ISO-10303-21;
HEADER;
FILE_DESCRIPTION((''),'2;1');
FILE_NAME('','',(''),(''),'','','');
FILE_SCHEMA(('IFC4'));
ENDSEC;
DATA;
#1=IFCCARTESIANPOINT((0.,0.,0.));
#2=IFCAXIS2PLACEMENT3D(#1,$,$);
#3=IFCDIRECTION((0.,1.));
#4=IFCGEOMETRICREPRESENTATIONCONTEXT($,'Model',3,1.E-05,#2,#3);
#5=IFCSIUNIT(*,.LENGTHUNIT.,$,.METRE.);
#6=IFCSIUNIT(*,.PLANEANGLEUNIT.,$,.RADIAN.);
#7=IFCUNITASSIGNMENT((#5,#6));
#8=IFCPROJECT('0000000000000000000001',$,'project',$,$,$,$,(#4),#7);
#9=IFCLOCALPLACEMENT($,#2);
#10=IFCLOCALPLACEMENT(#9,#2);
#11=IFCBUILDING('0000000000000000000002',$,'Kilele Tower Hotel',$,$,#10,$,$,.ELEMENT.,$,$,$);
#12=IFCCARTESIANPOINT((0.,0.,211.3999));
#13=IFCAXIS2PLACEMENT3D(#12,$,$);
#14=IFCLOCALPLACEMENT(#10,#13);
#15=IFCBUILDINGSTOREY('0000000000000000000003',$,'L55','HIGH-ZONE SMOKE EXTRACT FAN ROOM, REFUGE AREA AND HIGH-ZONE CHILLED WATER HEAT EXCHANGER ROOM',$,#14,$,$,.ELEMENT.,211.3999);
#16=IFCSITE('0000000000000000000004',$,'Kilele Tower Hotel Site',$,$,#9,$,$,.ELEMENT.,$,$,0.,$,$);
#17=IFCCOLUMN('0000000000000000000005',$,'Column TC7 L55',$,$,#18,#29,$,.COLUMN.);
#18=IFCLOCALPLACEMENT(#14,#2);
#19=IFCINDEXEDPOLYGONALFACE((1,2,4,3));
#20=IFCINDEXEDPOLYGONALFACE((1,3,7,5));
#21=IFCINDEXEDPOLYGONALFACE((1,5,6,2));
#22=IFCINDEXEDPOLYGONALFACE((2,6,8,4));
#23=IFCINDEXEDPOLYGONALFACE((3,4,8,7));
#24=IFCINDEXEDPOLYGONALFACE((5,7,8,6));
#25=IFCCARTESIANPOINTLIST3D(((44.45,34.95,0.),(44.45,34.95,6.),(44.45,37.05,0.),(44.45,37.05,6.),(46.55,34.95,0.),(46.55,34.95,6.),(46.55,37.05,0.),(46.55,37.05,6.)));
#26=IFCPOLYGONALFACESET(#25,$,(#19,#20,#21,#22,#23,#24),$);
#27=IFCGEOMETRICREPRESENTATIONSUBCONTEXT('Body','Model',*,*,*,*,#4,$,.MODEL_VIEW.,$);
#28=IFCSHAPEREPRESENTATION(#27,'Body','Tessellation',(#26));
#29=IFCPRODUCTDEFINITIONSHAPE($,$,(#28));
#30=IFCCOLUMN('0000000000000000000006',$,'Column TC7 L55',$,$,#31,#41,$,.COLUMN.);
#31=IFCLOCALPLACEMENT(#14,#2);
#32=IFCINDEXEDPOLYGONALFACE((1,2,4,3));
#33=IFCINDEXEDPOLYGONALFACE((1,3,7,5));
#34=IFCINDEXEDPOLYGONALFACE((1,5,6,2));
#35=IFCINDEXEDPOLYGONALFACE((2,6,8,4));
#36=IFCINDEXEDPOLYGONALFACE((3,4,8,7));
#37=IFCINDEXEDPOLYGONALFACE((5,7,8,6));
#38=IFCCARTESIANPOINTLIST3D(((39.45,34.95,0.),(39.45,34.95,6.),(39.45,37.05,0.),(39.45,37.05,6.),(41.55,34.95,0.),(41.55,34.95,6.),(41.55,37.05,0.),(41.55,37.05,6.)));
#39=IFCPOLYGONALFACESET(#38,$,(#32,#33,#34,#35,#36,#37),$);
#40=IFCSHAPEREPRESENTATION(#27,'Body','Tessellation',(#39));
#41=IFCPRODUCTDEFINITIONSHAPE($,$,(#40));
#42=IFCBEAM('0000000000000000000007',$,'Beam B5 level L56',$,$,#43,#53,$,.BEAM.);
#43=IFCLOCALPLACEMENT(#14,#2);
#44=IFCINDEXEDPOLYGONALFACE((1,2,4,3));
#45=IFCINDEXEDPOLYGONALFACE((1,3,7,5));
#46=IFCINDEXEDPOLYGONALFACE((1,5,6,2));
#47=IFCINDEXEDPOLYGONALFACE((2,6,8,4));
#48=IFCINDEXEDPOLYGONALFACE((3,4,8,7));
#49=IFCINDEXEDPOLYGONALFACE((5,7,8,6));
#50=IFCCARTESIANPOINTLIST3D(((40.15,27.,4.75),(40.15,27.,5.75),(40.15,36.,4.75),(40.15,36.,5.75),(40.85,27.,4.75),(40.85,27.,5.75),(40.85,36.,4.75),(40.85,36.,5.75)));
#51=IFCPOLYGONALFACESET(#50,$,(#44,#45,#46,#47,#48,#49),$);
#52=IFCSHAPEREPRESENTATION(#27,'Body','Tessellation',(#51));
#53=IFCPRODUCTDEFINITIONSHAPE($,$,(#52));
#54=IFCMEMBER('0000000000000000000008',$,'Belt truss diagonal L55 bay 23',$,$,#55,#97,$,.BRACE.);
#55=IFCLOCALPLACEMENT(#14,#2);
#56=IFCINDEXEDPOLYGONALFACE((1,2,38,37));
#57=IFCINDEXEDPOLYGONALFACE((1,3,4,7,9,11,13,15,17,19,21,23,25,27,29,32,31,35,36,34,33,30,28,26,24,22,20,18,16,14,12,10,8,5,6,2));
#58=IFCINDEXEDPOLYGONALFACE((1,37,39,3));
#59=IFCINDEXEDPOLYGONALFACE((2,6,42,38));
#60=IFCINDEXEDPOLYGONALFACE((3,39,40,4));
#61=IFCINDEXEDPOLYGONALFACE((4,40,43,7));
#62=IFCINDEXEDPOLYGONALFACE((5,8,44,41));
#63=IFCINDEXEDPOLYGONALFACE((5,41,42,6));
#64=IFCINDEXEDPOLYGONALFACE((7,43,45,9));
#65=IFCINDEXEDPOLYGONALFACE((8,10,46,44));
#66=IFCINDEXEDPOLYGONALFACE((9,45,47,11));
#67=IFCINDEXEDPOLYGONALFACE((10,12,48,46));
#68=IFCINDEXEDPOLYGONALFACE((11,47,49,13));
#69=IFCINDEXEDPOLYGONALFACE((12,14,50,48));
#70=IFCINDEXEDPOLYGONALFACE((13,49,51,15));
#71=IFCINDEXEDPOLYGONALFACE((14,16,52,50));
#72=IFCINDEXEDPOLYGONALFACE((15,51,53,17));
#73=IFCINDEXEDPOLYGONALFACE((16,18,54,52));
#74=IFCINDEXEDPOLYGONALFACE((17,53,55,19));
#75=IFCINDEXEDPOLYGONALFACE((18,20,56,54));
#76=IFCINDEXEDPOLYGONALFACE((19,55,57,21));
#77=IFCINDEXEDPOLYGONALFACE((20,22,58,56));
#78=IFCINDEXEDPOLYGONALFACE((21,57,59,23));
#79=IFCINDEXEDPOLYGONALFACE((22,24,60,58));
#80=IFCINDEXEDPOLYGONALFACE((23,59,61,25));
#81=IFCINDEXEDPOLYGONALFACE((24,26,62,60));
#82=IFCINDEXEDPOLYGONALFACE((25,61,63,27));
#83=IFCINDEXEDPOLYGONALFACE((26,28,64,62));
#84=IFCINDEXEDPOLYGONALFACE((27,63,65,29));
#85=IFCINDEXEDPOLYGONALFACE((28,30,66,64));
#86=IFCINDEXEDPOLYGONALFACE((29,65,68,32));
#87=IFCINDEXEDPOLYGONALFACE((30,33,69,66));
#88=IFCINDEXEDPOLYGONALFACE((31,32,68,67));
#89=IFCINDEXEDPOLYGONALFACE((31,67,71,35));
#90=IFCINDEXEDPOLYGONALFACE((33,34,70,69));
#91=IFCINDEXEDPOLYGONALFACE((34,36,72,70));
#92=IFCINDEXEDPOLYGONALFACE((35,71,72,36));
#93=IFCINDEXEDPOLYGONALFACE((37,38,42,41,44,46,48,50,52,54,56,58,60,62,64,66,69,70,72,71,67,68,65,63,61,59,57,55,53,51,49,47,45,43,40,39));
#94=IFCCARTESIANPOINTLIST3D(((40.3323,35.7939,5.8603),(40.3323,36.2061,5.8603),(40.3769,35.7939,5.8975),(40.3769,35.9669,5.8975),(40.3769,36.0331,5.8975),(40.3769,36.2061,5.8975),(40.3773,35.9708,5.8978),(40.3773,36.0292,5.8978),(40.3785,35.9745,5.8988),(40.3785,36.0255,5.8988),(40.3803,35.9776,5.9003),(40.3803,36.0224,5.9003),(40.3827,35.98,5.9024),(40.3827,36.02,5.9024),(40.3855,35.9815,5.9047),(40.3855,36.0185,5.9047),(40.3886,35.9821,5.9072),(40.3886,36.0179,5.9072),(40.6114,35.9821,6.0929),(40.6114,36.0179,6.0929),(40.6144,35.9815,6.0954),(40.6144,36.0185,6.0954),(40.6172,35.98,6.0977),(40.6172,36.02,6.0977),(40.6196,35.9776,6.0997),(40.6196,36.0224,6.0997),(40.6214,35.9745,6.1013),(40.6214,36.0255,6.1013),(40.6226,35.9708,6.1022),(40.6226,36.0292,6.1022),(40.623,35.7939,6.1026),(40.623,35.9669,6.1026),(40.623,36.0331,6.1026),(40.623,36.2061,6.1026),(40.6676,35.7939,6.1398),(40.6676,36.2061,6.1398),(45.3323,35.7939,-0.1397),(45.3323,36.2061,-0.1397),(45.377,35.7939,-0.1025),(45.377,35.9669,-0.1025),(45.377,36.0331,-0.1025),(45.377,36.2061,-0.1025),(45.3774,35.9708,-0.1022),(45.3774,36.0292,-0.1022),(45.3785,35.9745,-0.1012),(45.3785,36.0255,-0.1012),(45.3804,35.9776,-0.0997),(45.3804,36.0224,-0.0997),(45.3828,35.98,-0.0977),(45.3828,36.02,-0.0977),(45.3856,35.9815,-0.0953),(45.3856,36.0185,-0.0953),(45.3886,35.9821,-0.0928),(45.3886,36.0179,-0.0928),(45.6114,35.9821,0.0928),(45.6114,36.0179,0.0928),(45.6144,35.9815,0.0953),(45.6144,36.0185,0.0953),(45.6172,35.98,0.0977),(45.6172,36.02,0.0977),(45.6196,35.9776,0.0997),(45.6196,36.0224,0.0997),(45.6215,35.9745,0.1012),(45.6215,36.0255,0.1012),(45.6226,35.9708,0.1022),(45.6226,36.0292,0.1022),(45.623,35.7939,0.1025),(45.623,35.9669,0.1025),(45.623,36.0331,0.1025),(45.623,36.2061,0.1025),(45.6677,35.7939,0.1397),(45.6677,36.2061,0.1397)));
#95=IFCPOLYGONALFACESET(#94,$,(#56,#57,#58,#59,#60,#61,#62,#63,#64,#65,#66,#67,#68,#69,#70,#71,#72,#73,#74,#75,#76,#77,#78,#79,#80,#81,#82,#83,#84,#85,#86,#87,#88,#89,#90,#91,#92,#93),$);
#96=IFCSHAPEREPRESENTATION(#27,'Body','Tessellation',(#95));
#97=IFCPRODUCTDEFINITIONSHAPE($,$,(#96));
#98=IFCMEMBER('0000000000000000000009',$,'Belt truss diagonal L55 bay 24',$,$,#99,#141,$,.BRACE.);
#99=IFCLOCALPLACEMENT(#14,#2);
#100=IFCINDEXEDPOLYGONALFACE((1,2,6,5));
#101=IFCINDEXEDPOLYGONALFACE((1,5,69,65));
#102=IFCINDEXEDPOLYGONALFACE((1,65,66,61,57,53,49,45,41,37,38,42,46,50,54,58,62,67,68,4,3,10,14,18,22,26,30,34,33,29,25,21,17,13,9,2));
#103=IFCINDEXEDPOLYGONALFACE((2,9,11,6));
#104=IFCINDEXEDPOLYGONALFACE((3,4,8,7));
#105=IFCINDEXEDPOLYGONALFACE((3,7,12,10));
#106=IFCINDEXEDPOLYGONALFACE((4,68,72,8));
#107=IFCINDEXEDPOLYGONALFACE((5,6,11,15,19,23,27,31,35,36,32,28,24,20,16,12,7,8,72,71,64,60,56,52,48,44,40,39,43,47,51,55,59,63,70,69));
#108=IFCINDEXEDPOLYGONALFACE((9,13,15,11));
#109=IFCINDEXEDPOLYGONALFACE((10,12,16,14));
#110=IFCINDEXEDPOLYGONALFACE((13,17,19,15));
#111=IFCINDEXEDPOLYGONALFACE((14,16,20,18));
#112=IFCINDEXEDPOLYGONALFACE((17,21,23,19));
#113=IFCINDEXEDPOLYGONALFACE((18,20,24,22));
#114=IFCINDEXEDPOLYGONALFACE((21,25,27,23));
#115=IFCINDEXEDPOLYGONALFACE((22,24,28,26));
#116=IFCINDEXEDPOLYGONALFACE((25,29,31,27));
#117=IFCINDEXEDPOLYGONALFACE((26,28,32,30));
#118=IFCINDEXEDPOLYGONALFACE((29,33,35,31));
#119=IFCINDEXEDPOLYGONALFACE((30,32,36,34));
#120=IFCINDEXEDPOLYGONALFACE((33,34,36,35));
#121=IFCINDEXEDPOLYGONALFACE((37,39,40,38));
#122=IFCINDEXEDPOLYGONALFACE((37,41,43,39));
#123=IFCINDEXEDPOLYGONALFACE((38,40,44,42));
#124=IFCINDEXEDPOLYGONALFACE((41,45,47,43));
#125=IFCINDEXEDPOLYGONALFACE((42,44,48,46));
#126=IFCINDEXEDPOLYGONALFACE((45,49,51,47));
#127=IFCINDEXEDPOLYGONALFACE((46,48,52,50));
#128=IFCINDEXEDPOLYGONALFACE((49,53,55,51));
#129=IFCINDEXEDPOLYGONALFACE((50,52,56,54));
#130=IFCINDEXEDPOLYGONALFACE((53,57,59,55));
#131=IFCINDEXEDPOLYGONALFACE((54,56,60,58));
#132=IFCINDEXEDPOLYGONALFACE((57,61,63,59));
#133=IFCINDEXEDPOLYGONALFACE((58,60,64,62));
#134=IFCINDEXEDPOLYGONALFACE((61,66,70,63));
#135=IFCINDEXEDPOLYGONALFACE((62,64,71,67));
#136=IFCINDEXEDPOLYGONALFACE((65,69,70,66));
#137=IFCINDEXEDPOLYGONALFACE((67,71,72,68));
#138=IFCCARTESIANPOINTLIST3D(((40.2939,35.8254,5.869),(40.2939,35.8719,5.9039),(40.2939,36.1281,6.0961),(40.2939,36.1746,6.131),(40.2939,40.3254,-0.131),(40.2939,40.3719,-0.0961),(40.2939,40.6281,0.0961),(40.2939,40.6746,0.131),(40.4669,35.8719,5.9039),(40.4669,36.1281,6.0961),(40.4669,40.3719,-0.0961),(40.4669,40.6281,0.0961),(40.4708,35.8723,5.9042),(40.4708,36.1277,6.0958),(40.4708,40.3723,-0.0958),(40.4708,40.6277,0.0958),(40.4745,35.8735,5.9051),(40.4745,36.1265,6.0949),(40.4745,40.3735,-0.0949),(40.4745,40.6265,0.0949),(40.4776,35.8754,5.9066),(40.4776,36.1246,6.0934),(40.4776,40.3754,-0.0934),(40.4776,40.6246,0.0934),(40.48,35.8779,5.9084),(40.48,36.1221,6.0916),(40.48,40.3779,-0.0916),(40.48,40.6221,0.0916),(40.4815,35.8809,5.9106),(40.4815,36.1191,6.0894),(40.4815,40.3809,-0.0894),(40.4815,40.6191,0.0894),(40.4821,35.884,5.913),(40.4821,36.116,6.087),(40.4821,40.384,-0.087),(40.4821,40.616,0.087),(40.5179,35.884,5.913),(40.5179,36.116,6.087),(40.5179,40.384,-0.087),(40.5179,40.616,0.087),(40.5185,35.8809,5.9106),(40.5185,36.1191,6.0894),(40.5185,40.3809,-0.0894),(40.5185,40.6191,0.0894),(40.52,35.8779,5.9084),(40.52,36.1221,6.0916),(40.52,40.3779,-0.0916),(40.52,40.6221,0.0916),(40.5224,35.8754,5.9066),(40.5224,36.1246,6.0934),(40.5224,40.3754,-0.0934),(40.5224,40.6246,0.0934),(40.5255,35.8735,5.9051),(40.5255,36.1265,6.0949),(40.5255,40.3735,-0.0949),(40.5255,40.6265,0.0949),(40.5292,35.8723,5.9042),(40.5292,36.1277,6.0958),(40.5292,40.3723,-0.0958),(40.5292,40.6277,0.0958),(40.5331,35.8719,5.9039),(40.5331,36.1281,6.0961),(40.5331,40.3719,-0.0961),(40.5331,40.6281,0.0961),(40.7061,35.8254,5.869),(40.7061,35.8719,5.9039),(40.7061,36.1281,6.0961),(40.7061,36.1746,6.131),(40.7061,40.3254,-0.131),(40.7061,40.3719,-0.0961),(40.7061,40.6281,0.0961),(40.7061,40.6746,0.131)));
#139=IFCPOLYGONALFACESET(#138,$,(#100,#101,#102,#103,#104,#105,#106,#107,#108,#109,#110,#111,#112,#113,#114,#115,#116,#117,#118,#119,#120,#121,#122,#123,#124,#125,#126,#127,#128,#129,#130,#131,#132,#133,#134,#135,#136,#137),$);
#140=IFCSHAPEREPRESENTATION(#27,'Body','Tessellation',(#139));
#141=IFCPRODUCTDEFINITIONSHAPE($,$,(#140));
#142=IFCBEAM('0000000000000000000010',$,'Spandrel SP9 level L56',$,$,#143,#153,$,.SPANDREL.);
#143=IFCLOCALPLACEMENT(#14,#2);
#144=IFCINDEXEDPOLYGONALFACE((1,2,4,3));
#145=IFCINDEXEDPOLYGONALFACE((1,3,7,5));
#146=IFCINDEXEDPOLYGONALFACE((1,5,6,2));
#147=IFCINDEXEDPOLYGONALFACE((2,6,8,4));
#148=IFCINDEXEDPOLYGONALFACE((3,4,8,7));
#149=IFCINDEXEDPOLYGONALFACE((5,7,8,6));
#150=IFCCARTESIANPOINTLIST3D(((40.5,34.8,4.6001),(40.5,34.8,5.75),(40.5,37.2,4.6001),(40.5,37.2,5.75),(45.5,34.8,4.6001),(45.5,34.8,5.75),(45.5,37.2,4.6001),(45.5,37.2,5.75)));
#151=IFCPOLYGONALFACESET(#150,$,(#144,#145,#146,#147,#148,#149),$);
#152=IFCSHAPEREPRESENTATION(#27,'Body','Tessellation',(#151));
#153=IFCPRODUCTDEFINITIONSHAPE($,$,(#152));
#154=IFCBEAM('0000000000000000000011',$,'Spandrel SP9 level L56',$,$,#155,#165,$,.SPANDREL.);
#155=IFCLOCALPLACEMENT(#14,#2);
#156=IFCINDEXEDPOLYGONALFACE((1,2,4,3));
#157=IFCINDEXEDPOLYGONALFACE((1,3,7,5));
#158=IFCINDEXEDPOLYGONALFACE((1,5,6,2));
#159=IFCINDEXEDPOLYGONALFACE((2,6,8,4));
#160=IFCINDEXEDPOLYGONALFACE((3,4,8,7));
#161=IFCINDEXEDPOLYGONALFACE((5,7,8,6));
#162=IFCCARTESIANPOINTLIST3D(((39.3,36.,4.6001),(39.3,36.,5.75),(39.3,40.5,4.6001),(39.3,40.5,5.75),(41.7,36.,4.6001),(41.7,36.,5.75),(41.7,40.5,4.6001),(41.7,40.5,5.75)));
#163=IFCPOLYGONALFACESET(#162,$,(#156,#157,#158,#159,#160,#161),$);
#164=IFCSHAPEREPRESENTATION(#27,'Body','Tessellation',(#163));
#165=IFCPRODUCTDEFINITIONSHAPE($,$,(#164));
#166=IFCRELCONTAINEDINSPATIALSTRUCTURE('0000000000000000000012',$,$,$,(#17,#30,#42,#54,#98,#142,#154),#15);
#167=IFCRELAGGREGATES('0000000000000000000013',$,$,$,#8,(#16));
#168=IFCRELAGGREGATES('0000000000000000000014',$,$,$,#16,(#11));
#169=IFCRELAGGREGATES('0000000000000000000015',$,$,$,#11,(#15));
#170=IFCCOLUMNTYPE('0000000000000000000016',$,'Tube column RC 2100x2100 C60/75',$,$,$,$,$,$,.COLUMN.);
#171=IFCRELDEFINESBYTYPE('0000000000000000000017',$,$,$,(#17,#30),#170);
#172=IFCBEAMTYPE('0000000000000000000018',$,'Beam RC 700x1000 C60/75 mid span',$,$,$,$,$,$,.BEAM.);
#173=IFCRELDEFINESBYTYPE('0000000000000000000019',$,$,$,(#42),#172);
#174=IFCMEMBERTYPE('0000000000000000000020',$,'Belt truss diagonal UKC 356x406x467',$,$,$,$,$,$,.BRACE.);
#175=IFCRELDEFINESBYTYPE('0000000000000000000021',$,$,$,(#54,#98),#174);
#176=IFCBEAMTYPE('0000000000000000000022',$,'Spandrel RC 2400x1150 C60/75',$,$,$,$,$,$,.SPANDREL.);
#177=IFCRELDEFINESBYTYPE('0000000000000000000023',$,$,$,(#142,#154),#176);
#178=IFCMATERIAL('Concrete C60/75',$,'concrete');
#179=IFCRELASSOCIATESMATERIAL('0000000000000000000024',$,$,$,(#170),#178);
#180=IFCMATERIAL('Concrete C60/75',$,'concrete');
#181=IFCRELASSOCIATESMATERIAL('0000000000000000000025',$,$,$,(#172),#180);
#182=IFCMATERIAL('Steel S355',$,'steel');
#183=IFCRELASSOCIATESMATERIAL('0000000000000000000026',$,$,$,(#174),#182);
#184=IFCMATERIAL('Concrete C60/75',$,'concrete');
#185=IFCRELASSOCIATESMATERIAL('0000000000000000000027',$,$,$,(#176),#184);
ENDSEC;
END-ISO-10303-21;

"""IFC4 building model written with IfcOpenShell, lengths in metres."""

from ifc_helpers import new_model, si_unit, direction, frame, origin, origin_2d, place, context, subcontext, project, spatial, rectangle, i_section, extrude, material, material_profile, profile_set, type_object, element, save


model = new_model("IFC4")

# Units and contexts
model_context = context("Model", 3, precision=1e-05, world=origin(), true_north=direction((0.0, 1.0)))
body_context = subcontext(model_context, "Body", "Model", "MODEL_VIEW")
ifc_project = project(units=[si_unit("LENGTHUNIT", "METRE"), si_unit("PLANEANGLEUNIT", "RADIAN")], contexts=[model_context])

# Site, building, storey
site_placement = place(None, origin())
site = spatial("IfcSite", under=ifc_project, at=site_placement, Name="Kilele Tower Hotel Site", CompositionType="ELEMENT", RefElevation=0.0)
building_placement = place(site_placement, origin())
building = spatial("IfcBuilding", under=site, at=building_placement, Name="Kilele Tower Hotel", CompositionType="ELEMENT")
storey_placement = place(building_placement, frame((0.0, 0.0, 211.3999)))
storey = spatial("IfcBuildingStorey", under=building, at=storey_placement, Name="L55", Description="HIGH-ZONE SMOKE EXTRACT FAN ROOM, REFUGE AREA AND HIGH-ZONE CHILLED WATER HEAT EXCHANGER ROOM", CompositionType="ELEMENT", Elevation=211.3999)

# Columns
ifc_material_1 = material(Name="Concrete C60/75", Category="concrete")
ifc_material_profile_1 = material_profile(ifc_material_1, rectangle(XDim=2.1001, YDim=2.1001, at=origin_2d()))
ifc_profile_set_1 = profile_set([ifc_material_profile_1], Name="Concrete C60/75")
column_type = type_object("IfcColumnType", Name="Tube column RC 2100x2100 C60/75", PredefinedType="COLUMN", material=ifc_profile_set_1)
for number, where, z_axis, x_axis, name in (
    (1, (45.5, 36.0, 0.0), (0.0, 0.0, 1.0), (1.0, 0.0, 0.0), "Column TC7 L55"),
    (2, (40.5, 36.0, 0.0), (0.0, 0.0, 1.0), (1.0, 0.0, 0.0), "Column TC7 L55"),
):
    element("IfcColumn", number, at=place(storey_placement, frame(where, z_axis=z_axis, x_axis=x_axis)), inside=storey, type_object=column_type, Name=name, PredefinedType="COLUMN", context=body_context, shape_type="SweptSolid", body=[
        extrude(rectangle(XDim=2.1001, YDim=2.1001, at=origin_2d()), origin(), (0.0, 0.0, 1.0), 6.0),
    ])

# Beam
ifc_material_2 = material(Name="Concrete C60/75", Category="concrete")
ifc_material_profile_2 = material_profile(ifc_material_2, rectangle(XDim=0.7, YDim=1.0, at=origin_2d()))
ifc_profile_set_2 = profile_set([ifc_material_profile_2], Name="Concrete C60/75")
beam_type_1 = type_object("IfcBeamType", Name="Beam RC 700x1000 C60/75 mid span", PredefinedType="BEAM", material=ifc_profile_set_2)
beam_1_placement = place(storey_placement, frame((40.5, 36.0, 5.25), z_axis=(0.0, -1.0, 0.0), x_axis=(1.0, 0.0, 0.0)))
element("IfcBeam", 3, at=beam_1_placement, inside=storey, type_object=beam_type_1, Name="Beam B5 level L56", PredefinedType="BEAM", context=body_context, shape_type="SweptSolid", body=[
    extrude(rectangle(XDim=0.7, YDim=1.0, at=origin_2d()), origin(), (0.0, 0.0, 1.0), 9.0),
])

# Members
ifc_material_3 = material(Name="Steel S355", Category="steel")
ifc_material_profile_3 = material_profile(ifc_material_3, i_section(OverallWidth=0.4121, OverallDepth=0.4365, WebThickness=0.0359, FlangeThickness=0.0581, FilletRadius=0.0151, at=origin_2d()))
ifc_profile_set_3 = profile_set([ifc_material_profile_3], Name="Steel S355")
member_type = type_object("IfcMemberType", Name="Belt truss diagonal UKC 356x406x467", PredefinedType="BRACE", material=ifc_profile_set_3)
member_1_placement = place(storey_placement, frame((45.5, 36.0, 0.0), z_axis=(-0.640184, 0.0, 0.768221), x_axis=(0.0, -1.0, 0.0)))
element("IfcMember", 4, at=member_1_placement, inside=storey, type_object=member_type, Name="Belt truss diagonal L55 bay 23", PredefinedType="BRACE", context=body_context, shape_type="SweptSolid", body=[
    extrude(i_section(OverallWidth=0.4121, OverallDepth=0.4365, WebThickness=0.0359, FlangeThickness=0.0581, FilletRadius=0.0151, at=origin_2d()), origin(), (0.0, 0.0, 1.0), 7.8103),
])
member_2_placement = place(storey_placement, frame((40.5, 36.0, 6.0), z_axis=(0.0, 0.6, -0.8), x_axis=(-1.0, 0.0, 0.0)))
element("IfcMember", 5, at=member_2_placement, inside=storey, type_object=member_type, Name="Belt truss diagonal L55 bay 24", PredefinedType="BRACE", context=body_context, shape_type="SweptSolid", body=[
    extrude(i_section(OverallWidth=0.4121, OverallDepth=0.4365, WebThickness=0.0359, FlangeThickness=0.0581, FilletRadius=0.0151, at=origin_2d()), origin(), (0.0, 0.0, 1.0), 7.5),
])

# Beams
ifc_material_4 = material(Name="Concrete C60/75", Category="concrete")
ifc_material_profile_4 = material_profile(ifc_material_4, rectangle(XDim=2.3999, YDim=1.1499, at=origin_2d()))
ifc_profile_set_4 = profile_set([ifc_material_profile_4], Name="Concrete C60/75")
beam_type_2 = type_object("IfcBeamType", Name="Spandrel RC 2400x1150 C60/75", PredefinedType="SPANDREL", material=ifc_profile_set_4)
beam_2_placement = place(storey_placement, frame((45.5, 36.0, 5.175), z_axis=(-1.0, 0.0, 0.0), x_axis=(0.0, -1.0, 0.0)))
element("IfcBeam", 6, at=beam_2_placement, inside=storey, type_object=beam_type_2, Name="Spandrel SP9 level L56", PredefinedType="SPANDREL", context=body_context, shape_type="SweptSolid", body=[
    extrude(rectangle(XDim=2.3999, YDim=1.1499, at=origin_2d()), origin(), (0.0, 0.0, 1.0), 5.0),
])
beam_3_placement = place(storey_placement, frame((40.5, 36.0, 5.175), z_axis=(0.0, 1.0, 0.0), x_axis=(-1.0, 0.0, 0.0)))
element("IfcBeam", 7, at=beam_3_placement, inside=storey, type_object=beam_type_2, Name="Spandrel SP9 level L56", PredefinedType="SPANDREL", context=body_context, shape_type="SweptSolid", body=[
    extrude(rectangle(XDim=2.3999, YDim=1.1499, at=origin_2d()), origin(), (0.0, 0.0, 1.0), 4.5),
])

save(model, "model.ifc")
